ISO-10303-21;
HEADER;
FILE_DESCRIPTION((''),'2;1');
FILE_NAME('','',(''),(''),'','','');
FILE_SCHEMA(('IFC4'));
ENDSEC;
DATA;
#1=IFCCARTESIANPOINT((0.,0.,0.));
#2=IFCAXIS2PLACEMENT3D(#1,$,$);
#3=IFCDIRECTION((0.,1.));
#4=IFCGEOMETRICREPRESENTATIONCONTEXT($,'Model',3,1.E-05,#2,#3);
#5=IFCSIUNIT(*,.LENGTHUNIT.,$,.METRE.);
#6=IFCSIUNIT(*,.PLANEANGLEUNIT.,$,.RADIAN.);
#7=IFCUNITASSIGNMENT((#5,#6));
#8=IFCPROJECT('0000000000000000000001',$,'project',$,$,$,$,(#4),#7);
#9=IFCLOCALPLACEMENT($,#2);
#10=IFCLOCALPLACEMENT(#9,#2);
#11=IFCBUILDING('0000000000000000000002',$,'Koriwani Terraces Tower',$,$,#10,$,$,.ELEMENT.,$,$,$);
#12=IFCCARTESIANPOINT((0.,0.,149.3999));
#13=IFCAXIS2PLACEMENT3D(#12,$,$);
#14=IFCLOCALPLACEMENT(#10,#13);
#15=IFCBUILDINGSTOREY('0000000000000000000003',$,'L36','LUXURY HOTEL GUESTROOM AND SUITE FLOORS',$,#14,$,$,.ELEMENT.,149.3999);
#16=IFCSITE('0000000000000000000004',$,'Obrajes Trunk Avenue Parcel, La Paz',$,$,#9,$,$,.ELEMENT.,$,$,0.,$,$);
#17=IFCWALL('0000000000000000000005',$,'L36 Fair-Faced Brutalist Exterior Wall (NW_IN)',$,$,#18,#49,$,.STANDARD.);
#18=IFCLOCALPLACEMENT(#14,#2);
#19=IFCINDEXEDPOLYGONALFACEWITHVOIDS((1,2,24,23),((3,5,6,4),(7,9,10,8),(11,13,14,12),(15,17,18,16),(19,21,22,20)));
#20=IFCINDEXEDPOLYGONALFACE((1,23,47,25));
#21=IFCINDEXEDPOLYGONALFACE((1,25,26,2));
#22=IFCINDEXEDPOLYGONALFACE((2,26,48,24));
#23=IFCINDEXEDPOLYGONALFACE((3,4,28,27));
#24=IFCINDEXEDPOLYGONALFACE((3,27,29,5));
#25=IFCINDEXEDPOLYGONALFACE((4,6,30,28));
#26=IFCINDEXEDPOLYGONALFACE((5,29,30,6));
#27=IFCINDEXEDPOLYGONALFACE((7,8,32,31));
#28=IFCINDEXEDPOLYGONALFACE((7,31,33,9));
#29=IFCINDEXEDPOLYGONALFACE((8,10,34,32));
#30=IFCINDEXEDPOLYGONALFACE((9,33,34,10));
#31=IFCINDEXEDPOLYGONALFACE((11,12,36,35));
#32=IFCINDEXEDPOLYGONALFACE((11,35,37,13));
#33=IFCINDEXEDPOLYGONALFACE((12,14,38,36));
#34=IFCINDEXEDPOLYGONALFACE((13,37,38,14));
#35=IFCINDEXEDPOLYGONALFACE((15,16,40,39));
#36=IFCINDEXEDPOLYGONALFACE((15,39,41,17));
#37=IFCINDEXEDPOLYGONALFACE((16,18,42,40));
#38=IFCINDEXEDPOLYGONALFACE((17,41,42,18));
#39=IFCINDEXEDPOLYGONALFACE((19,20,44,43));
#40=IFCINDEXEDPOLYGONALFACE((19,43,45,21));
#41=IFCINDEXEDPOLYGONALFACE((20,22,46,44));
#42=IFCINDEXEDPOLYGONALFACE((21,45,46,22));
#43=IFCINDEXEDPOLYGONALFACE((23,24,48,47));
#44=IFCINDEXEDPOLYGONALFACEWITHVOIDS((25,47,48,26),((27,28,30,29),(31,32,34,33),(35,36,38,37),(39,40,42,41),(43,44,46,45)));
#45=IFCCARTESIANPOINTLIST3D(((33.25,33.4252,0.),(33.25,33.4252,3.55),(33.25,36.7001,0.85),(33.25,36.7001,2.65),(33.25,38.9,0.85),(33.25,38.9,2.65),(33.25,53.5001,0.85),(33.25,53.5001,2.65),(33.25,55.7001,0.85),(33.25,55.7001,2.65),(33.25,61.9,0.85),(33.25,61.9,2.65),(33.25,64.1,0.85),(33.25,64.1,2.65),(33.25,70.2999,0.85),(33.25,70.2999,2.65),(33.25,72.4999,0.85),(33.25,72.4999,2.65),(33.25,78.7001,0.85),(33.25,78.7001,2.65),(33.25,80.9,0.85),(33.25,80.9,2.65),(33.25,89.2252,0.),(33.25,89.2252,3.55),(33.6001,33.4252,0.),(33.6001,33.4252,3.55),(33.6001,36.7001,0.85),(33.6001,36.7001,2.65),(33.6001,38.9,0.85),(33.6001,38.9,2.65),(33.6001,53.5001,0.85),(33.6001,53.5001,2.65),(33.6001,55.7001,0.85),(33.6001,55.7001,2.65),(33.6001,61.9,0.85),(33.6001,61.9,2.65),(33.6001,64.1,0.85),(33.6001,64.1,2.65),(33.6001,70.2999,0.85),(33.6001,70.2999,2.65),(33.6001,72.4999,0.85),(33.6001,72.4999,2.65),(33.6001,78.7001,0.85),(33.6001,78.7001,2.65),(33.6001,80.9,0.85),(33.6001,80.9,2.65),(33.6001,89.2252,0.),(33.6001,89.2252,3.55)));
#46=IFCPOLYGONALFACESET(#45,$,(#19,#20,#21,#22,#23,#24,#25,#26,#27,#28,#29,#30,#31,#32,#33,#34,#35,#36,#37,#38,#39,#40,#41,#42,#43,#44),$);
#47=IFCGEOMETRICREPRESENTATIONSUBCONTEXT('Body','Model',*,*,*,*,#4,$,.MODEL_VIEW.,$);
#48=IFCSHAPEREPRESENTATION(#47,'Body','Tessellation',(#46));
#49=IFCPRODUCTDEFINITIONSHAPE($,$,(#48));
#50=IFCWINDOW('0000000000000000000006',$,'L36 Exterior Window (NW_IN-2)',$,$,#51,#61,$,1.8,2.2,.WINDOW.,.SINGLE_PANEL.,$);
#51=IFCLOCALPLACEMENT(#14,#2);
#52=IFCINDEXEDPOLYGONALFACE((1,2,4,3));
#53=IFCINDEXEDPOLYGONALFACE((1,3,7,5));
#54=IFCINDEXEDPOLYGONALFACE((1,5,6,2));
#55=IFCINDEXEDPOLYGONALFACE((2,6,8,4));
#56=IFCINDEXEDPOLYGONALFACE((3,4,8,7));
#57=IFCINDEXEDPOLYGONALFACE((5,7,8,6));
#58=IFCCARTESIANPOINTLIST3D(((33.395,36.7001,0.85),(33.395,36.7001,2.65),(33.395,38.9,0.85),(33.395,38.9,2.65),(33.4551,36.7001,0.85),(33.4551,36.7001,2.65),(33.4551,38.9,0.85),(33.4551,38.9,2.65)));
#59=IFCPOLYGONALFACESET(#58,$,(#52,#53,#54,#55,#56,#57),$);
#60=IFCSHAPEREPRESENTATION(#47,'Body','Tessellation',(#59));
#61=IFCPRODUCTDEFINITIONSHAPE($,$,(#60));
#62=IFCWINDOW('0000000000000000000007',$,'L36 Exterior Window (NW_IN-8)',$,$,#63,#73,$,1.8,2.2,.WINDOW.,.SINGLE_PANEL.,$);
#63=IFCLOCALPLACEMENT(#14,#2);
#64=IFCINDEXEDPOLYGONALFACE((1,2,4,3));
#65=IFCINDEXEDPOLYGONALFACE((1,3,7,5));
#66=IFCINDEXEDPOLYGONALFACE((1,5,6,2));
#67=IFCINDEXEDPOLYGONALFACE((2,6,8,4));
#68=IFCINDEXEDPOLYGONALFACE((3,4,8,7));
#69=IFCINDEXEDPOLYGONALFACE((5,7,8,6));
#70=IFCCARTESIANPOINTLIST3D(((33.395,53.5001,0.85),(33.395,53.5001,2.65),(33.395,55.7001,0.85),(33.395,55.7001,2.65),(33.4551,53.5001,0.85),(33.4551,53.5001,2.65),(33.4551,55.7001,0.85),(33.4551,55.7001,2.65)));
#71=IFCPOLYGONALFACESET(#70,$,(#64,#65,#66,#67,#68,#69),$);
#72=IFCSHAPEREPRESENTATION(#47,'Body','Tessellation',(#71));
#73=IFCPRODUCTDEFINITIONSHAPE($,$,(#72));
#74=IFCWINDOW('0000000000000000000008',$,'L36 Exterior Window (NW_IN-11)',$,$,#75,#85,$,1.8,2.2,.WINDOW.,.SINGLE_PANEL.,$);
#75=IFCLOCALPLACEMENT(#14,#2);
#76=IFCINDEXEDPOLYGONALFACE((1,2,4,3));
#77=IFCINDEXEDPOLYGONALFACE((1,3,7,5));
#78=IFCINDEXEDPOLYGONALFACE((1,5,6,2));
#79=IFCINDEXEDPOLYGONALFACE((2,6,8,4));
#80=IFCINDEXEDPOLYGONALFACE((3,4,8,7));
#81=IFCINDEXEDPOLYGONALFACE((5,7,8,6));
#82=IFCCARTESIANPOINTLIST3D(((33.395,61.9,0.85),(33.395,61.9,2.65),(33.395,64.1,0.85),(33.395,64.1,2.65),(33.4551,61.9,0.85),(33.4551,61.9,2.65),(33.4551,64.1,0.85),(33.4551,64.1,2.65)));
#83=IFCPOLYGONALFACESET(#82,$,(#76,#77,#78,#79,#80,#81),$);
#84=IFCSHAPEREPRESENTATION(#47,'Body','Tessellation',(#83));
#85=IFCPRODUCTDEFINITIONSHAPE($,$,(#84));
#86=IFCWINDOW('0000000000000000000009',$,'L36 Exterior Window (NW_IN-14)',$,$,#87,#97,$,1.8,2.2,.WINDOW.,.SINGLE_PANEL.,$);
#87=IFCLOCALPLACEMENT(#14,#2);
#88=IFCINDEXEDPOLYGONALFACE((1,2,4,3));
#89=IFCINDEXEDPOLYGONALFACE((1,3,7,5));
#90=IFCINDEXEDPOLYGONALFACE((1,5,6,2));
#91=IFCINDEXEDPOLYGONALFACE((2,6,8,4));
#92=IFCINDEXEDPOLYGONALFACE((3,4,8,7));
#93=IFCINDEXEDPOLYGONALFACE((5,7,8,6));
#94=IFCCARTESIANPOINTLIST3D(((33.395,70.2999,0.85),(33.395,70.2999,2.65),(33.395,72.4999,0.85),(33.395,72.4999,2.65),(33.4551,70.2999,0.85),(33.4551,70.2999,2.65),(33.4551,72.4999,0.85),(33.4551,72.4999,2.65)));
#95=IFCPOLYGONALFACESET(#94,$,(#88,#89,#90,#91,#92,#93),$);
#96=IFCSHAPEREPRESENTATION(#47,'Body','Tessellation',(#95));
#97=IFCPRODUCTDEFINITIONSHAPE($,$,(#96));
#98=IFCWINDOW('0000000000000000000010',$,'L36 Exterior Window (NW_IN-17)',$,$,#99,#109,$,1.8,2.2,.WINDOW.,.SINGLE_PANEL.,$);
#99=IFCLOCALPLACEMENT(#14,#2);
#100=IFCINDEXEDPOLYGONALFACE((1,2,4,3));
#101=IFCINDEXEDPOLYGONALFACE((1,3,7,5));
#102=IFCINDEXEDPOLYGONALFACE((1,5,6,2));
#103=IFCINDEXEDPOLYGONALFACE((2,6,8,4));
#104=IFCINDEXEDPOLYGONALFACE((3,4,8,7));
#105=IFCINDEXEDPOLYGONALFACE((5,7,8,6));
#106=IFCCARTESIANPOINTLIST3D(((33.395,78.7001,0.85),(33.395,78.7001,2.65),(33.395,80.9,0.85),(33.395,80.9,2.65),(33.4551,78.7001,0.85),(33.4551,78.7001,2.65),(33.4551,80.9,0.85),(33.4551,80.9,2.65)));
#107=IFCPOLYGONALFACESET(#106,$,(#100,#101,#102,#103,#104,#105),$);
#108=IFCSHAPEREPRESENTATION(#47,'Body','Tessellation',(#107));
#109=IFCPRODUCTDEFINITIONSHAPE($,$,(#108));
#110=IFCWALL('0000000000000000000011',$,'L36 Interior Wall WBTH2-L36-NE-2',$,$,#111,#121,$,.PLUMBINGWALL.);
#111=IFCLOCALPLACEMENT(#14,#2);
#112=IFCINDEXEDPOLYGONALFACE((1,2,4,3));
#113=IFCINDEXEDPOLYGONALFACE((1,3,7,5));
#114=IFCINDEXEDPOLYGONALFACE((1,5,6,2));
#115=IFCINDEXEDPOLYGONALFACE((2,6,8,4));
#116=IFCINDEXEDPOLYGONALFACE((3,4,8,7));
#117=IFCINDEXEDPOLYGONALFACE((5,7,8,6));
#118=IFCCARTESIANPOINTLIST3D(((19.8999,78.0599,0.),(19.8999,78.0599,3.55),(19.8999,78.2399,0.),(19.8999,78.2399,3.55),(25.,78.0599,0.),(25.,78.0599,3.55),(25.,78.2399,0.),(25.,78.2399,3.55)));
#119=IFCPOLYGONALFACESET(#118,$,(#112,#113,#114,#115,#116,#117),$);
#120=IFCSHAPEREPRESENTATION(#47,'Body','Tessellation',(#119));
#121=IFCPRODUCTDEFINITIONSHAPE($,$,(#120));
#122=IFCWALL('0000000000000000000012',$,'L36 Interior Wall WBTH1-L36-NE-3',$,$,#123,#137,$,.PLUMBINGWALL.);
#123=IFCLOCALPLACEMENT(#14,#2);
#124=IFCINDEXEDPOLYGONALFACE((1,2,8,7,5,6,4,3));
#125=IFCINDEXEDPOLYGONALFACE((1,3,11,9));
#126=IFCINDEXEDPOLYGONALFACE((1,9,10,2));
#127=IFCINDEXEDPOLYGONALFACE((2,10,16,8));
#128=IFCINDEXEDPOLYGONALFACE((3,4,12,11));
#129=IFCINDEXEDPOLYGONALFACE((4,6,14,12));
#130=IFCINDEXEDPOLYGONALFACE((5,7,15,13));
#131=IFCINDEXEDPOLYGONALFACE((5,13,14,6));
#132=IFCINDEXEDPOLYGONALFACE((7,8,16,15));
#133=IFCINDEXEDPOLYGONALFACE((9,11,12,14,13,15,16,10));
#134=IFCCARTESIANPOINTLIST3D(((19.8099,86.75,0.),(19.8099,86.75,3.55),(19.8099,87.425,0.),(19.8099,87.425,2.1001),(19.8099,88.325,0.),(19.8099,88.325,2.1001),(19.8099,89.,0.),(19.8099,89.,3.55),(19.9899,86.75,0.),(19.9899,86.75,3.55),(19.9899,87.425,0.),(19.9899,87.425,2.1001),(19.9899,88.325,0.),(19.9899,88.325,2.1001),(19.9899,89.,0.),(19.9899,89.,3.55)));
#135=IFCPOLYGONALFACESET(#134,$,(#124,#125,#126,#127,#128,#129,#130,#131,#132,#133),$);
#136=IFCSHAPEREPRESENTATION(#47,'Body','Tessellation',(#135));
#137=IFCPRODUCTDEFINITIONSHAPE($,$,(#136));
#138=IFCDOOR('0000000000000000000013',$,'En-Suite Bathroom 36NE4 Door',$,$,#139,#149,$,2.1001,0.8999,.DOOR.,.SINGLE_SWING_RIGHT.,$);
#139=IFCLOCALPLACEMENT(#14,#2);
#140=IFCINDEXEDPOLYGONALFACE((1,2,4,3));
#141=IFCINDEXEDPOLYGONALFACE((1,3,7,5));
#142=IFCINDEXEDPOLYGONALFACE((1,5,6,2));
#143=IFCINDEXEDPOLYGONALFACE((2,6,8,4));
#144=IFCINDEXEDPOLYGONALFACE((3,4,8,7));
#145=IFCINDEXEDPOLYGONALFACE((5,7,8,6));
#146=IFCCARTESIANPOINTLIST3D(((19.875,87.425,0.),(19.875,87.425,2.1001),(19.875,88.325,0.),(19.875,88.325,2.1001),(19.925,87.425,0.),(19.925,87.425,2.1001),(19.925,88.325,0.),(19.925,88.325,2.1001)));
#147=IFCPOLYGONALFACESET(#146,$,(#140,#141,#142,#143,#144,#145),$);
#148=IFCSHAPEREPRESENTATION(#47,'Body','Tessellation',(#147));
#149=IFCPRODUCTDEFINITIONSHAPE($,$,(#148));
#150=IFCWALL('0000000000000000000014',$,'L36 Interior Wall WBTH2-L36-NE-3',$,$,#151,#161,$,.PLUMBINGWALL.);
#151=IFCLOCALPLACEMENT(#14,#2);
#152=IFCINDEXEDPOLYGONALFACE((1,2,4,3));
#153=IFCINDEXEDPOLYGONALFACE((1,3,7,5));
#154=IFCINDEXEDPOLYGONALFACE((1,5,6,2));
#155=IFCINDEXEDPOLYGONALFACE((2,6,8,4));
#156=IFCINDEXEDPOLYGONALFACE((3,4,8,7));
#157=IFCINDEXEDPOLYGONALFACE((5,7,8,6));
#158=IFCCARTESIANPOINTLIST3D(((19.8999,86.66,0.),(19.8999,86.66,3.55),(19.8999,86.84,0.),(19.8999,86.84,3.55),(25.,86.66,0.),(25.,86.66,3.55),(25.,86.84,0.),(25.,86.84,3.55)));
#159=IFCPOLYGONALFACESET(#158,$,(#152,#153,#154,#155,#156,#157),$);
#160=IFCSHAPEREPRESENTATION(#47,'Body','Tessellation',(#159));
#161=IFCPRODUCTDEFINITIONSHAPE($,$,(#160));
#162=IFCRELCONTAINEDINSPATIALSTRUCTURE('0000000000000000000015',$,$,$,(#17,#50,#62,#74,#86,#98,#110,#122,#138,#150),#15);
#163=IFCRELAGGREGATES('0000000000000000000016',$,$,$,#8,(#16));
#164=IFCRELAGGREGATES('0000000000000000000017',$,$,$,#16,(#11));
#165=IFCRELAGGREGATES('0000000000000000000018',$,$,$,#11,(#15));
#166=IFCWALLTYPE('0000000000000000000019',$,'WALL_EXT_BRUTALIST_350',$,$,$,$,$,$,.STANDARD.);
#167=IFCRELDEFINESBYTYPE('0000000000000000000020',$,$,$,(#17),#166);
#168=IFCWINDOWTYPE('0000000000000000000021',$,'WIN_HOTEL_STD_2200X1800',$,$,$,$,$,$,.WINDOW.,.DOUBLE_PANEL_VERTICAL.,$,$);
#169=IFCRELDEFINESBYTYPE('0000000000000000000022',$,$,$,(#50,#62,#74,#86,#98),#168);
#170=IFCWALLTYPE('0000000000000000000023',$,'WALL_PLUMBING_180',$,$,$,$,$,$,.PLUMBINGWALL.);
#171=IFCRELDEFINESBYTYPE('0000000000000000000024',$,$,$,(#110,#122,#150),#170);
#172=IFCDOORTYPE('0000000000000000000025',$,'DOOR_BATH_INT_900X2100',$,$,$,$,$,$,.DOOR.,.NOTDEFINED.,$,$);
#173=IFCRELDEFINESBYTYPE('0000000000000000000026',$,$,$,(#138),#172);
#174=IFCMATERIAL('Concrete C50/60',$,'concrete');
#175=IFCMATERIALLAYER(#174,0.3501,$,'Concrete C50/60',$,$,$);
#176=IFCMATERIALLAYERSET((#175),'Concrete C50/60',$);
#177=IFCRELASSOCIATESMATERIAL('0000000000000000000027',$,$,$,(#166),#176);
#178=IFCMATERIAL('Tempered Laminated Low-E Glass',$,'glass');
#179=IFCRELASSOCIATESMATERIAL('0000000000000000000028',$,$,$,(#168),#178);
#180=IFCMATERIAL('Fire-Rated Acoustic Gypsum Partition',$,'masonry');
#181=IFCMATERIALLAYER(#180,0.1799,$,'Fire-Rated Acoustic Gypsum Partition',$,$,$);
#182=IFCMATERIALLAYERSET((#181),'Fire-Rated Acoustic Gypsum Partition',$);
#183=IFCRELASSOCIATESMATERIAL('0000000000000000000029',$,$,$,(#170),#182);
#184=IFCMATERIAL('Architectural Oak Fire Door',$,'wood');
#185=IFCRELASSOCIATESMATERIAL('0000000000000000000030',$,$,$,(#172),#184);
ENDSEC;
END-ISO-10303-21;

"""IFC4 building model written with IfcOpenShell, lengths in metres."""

from ifc_helpers import new_model, si_unit, direction, frame, frame_2d, origin, place, context, subcontext, project, spatial, rectangle, extrude, material, layer, layer_set, type_object, element, fill, save


model = new_model("IFC4")

# Units and contexts
model_context = context("Model", 3, precision=1e-05, world=origin(), true_north=direction((0.0, 1.0)))
body_context = subcontext(model_context, "Body", "Model", "MODEL_VIEW")
ifc_project = project(units=[si_unit("LENGTHUNIT", "METRE"), si_unit("PLANEANGLEUNIT", "RADIAN")], contexts=[model_context])

# Site, building, storey
site_placement = place(None, origin())
site = spatial("IfcSite", under=ifc_project, at=site_placement, Name="Obrajes Trunk Avenue Parcel, La Paz", CompositionType="ELEMENT", RefElevation=0.0)
building_placement = place(site_placement, origin())
building = spatial("IfcBuilding", under=site, at=building_placement, Name="Koriwani Terraces Tower", CompositionType="ELEMENT")
storey_placement = place(building_placement, frame((0.0, 0.0, 149.3999)))
storey = spatial("IfcBuildingStorey", under=building, at=storey_placement, Name="L36", Description="LUXURY HOTEL GUESTROOM AND SUITE FLOORS", CompositionType="ELEMENT", Elevation=149.3999)

# Shared definitions
ifc_material_1 = material(Name="Concrete C50/60", Category="concrete")

# Shared definitions
ifc_layer_1 = layer(ifc_material_1, 0.3501, Name="Concrete C50/60")
ifc_layer_set_1 = layer_set([ifc_layer_1], Name="Concrete C50/60")
wall_type_1 = type_object("IfcWallType", Name="WALL_EXT_BRUTALIST_350", PredefinedType="STANDARD", material=ifc_layer_set_1)

# Wall, openings, windows
wall_1_placement = place(storey_placement, frame((33.425, 89.2251, 0.0), z_axis=(0.0, 0.0, 1.0), x_axis=(0.0, -1.0, 0.0)))
wall_1 = element("IfcWall", 1, at=wall_1_placement, inside=storey, type_object=wall_type_1, Name="L36 Fair-Faced Brutalist Exterior Wall (NW_IN)", PredefinedType="STANDARD", context=body_context, shape_type="SweptSolid", body=[
    extrude(rectangle(XDim=55.8, YDim=0.3501, at=frame_2d((27.8999, 0.0))), origin(), (0.0, 0.0, 1.0), 3.55),
])
opening_1_placement = place(wall_1_placement, frame((50.325, 0.0, 0.8501)))
opening_1 = element("IfcOpeningElement", 2, at=opening_1_placement, cuts=wall_1, PredefinedType="OPENING", context=body_context, shape_type="SweptSolid", body=[
    extrude(rectangle(XDim=2.2, YDim=1.8, at=frame_2d((1.1001, 0.8999))), frame((0.0, 0.1851, 0.0), z_axis=(0.0, -1.0, 0.0), x_axis=(1.0, 0.0, 0.0)), (0.0, 0.0, 1.0), 0.3701),
])
opening_2_placement = place(wall_1_placement, frame((33.5249, 0.0, 0.8501)))
opening_2 = element("IfcOpeningElement", 3, at=opening_2_placement, cuts=wall_1, PredefinedType="OPENING", context=body_context, shape_type="SweptSolid", body=[
    extrude(rectangle(XDim=2.2, YDim=1.8, at=frame_2d((1.1001, 0.8999))), frame((0.0, 0.1851, 0.0), z_axis=(0.0, -1.0, 0.0), x_axis=(1.0, 0.0, 0.0)), (0.0, 0.0, 1.0), 0.3701),
])
opening_3_placement = place(wall_1_placement, frame((25.125, 0.0, 0.8501)))
opening_3 = element("IfcOpeningElement", 4, at=opening_3_placement, cuts=wall_1, PredefinedType="OPENING", context=body_context, shape_type="SweptSolid", body=[
    extrude(rectangle(XDim=2.2, YDim=1.8, at=frame_2d((1.1001, 0.8999))), frame((0.0, 0.1851, 0.0), z_axis=(0.0, -1.0, 0.0), x_axis=(1.0, 0.0, 0.0)), (0.0, 0.0, 1.0), 0.3701),
])
opening_4_placement = place(wall_1_placement, frame((16.7251, 0.0, 0.8501)))
opening_4 = element("IfcOpeningElement", 5, at=opening_4_placement, cuts=wall_1, PredefinedType="OPENING", context=body_context, shape_type="SweptSolid", body=[
    extrude(rectangle(XDim=2.2, YDim=1.8, at=frame_2d((1.1001, 0.8999))), frame((0.0, 0.1851, 0.0), z_axis=(0.0, -1.0, 0.0), x_axis=(1.0, 0.0, 0.0)), (0.0, 0.0, 1.0), 0.3701),
])
opening_5_placement = place(wall_1_placement, frame((8.325, 0.0, 0.8501)))
opening_5 = element("IfcOpeningElement", 6, at=opening_5_placement, cuts=wall_1, PredefinedType="OPENING", context=body_context, shape_type="SweptSolid", body=[
    extrude(rectangle(XDim=2.2, YDim=1.8, at=frame_2d((1.1001, 0.8999))), frame((0.0, 0.1851, 0.0), z_axis=(0.0, -1.0, 0.0), x_axis=(1.0, 0.0, 0.0)), (0.0, 0.0, 1.0), 0.3701),
])
ifc_material_2 = material(Name="Tempered Laminated Low-E Glass", Category="glass")
window_type = type_object("IfcWindowType", Name="WIN_HOTEL_STD_2200X1800", PartitioningType="DOUBLE_PANEL_VERTICAL", PredefinedType="WINDOW", material=ifc_material_2)
window_1_placement = place(opening_1_placement, origin())
window_1 = element("IfcWindow", 7, at=window_1_placement, inside=storey, type_object=window_type, Name="L36 Exterior Window (NW_IN-2)", OverallHeight=1.8, OverallWidth=2.2, PartitioningType="SINGLE_PANEL", PredefinedType="WINDOW", context=body_context, shape_type="SweptSolid", body=[
    extrude(rectangle(XDim=2.2, YDim=1.8, at=frame_2d((1.1001, 0.8999))), frame((0.0, 0.03, 0.0), z_axis=(0.0, -1.0, 0.0), x_axis=(1.0, 0.0, 0.0)), (0.0, 0.0, 1.0), 0.0601),
])
fill(opening_1, window_1)
window_2_placement = place(opening_2_placement, origin())
window_2 = element("IfcWindow", 8, at=window_2_placement, inside=storey, type_object=window_type, Name="L36 Exterior Window (NW_IN-8)", OverallHeight=1.8, OverallWidth=2.2, PartitioningType="SINGLE_PANEL", PredefinedType="WINDOW", context=body_context, shape_type="SweptSolid", body=[
    extrude(rectangle(XDim=2.2, YDim=1.8, at=frame_2d((1.1001, 0.8999))), frame((0.0, 0.03, 0.0), z_axis=(0.0, -1.0, 0.0), x_axis=(1.0, 0.0, 0.0)), (0.0, 0.0, 1.0), 0.0601),
])
fill(opening_2, window_2)
window_3_placement = place(opening_3_placement, origin())
window_3 = element("IfcWindow", 9, at=window_3_placement, inside=storey, type_object=window_type, Name="L36 Exterior Window (NW_IN-11)", OverallHeight=1.8, OverallWidth=2.2, PartitioningType="SINGLE_PANEL", PredefinedType="WINDOW", context=body_context, shape_type="SweptSolid", body=[
    extrude(rectangle(XDim=2.2, YDim=1.8, at=frame_2d((1.1001, 0.8999))), frame((0.0, 0.03, 0.0), z_axis=(0.0, -1.0, 0.0), x_axis=(1.0, 0.0, 0.0)), (0.0, 0.0, 1.0), 0.0601),
])
fill(opening_3, window_3)
window_4_placement = place(opening_4_placement, origin())
window_4 = element("IfcWindow", 10, at=window_4_placement, inside=storey, type_object=window_type, Name="L36 Exterior Window (NW_IN-14)", OverallHeight=1.8, OverallWidth=2.2, PartitioningType="SINGLE_PANEL", PredefinedType="WINDOW", context=body_context, shape_type="SweptSolid", body=[
    extrude(rectangle(XDim=2.2, YDim=1.8, at=frame_2d((1.1001, 0.8999))), frame((0.0, 0.03, 0.0), z_axis=(0.0, -1.0, 0.0), x_axis=(1.0, 0.0, 0.0)), (0.0, 0.0, 1.0), 0.0601),
])
fill(opening_4, window_4)
window_5_placement = place(opening_5_placement, origin())
window_5 = element("IfcWindow", 11, at=window_5_placement, inside=storey, type_object=window_type, Name="L36 Exterior Window (NW_IN-17)", OverallHeight=1.8, OverallWidth=2.2, PartitioningType="SINGLE_PANEL", PredefinedType="WINDOW", context=body_context, shape_type="SweptSolid", body=[
    extrude(rectangle(XDim=2.2, YDim=1.8, at=frame_2d((1.1001, 0.8999))), frame((0.0, 0.03, 0.0), z_axis=(0.0, -1.0, 0.0), x_axis=(1.0, 0.0, 0.0)), (0.0, 0.0, 1.0), 0.0601),
])
fill(opening_5, window_5)

# Wall
ifc_material_3 = material(Name="Fire-Rated Acoustic Gypsum Partition", Category="masonry")
ifc_layer_2 = layer(ifc_material_3, 0.1799, Name="Fire-Rated Acoustic Gypsum Partition")
ifc_layer_set_2 = layer_set([ifc_layer_2], Name="Fire-Rated Acoustic Gypsum Partition")
wall_type_2 = type_object("IfcWallType", Name="WALL_PLUMBING_180", PredefinedType="PLUMBINGWALL", material=ifc_layer_set_2)
wall_2_placement = place(storey_placement, frame((19.8999, 78.1499, 0.0), z_axis=(0.0, 0.0, 1.0), x_axis=(1.0, 0.0, 0.0)))
element("IfcWall", 12, at=wall_2_placement, inside=storey, type_object=wall_type_2, Name="L36 Interior Wall WBTH2-L36-NE-2", PredefinedType="PLUMBINGWALL", context=body_context, shape_type="SweptSolid", body=[
    extrude(rectangle(XDim=5.1001, YDim=0.1799, at=frame_2d((2.55, 0.0))), origin(), (0.0, 0.0, 1.0), 3.55),
])

# Wall, opening, door
wall_3_placement = place(storey_placement, frame((19.8999, 86.75, 0.0), z_axis=(0.0, 0.0, 1.0), x_axis=(0.0, 1.0, 0.0)))
wall_3 = element("IfcWall", 13, at=wall_3_placement, inside=storey, type_object=wall_type_2, Name="L36 Interior Wall WBTH1-L36-NE-3", PredefinedType="PLUMBINGWALL", context=body_context, shape_type="SweptSolid", body=[
    extrude(rectangle(XDim=2.25, YDim=0.1799, at=frame_2d((1.125, 0.0))), origin(), (0.0, 0.0, 1.0), 3.55),
])
opening_6_placement = place(wall_3_placement, frame((0.675, 0.0, 0.0)))
opening_6 = element("IfcOpeningElement", 14, at=opening_6_placement, cuts=wall_3, PredefinedType="OPENING", context=body_context, shape_type="SweptSolid", body=[
    extrude(rectangle(XDim=0.8999, YDim=2.1001, at=frame_2d((0.45, 1.05))), frame((0.0, 0.1001, 0.0), z_axis=(0.0, -1.0, 0.0), x_axis=(1.0, 0.0, 0.0)), (0.0, 0.0, 1.0), 0.2),
])
ifc_material_4 = material(Name="Architectural Oak Fire Door", Category="wood")
door_type = type_object("IfcDoorType", Name="DOOR_BATH_INT_900X2100", OperationType="NOTDEFINED", PredefinedType="DOOR", material=ifc_material_4)
door_placement = place(opening_6_placement, origin())
door = element("IfcDoor", 15, at=door_placement, inside=storey, type_object=door_type, Name="En-Suite Bathroom 36NE4 Door", OperationType="SINGLE_SWING_RIGHT", OverallHeight=2.1001, OverallWidth=0.8999, PredefinedType="DOOR", context=body_context, shape_type="SweptSolid", body=[
    extrude(rectangle(XDim=0.8999, YDim=2.1001, at=frame_2d((0.45, 1.05))), frame((0.0, 0.0249, 0.0), z_axis=(0.0, -1.0, 0.0), x_axis=(1.0, 0.0, 0.0)), (0.0, 0.0, 1.0), 0.05),
])
fill(opening_6, door)

# Wall
wall_4_placement = place(storey_placement, frame((19.8999, 86.75, 0.0), z_axis=(0.0, 0.0, 1.0), x_axis=(1.0, 0.0, 0.0)))
element("IfcWall", 16, at=wall_4_placement, inside=storey, type_object=wall_type_2, Name="L36 Interior Wall WBTH2-L36-NE-3", PredefinedType="PLUMBINGWALL", context=body_context, shape_type="SweptSolid", body=[
    extrude(rectangle(XDim=5.1001, YDim=0.1799, at=frame_2d((2.55, 0.0))), origin(), (0.0, 0.0, 1.0), 3.55),
])

save(model, "model.ifc")
